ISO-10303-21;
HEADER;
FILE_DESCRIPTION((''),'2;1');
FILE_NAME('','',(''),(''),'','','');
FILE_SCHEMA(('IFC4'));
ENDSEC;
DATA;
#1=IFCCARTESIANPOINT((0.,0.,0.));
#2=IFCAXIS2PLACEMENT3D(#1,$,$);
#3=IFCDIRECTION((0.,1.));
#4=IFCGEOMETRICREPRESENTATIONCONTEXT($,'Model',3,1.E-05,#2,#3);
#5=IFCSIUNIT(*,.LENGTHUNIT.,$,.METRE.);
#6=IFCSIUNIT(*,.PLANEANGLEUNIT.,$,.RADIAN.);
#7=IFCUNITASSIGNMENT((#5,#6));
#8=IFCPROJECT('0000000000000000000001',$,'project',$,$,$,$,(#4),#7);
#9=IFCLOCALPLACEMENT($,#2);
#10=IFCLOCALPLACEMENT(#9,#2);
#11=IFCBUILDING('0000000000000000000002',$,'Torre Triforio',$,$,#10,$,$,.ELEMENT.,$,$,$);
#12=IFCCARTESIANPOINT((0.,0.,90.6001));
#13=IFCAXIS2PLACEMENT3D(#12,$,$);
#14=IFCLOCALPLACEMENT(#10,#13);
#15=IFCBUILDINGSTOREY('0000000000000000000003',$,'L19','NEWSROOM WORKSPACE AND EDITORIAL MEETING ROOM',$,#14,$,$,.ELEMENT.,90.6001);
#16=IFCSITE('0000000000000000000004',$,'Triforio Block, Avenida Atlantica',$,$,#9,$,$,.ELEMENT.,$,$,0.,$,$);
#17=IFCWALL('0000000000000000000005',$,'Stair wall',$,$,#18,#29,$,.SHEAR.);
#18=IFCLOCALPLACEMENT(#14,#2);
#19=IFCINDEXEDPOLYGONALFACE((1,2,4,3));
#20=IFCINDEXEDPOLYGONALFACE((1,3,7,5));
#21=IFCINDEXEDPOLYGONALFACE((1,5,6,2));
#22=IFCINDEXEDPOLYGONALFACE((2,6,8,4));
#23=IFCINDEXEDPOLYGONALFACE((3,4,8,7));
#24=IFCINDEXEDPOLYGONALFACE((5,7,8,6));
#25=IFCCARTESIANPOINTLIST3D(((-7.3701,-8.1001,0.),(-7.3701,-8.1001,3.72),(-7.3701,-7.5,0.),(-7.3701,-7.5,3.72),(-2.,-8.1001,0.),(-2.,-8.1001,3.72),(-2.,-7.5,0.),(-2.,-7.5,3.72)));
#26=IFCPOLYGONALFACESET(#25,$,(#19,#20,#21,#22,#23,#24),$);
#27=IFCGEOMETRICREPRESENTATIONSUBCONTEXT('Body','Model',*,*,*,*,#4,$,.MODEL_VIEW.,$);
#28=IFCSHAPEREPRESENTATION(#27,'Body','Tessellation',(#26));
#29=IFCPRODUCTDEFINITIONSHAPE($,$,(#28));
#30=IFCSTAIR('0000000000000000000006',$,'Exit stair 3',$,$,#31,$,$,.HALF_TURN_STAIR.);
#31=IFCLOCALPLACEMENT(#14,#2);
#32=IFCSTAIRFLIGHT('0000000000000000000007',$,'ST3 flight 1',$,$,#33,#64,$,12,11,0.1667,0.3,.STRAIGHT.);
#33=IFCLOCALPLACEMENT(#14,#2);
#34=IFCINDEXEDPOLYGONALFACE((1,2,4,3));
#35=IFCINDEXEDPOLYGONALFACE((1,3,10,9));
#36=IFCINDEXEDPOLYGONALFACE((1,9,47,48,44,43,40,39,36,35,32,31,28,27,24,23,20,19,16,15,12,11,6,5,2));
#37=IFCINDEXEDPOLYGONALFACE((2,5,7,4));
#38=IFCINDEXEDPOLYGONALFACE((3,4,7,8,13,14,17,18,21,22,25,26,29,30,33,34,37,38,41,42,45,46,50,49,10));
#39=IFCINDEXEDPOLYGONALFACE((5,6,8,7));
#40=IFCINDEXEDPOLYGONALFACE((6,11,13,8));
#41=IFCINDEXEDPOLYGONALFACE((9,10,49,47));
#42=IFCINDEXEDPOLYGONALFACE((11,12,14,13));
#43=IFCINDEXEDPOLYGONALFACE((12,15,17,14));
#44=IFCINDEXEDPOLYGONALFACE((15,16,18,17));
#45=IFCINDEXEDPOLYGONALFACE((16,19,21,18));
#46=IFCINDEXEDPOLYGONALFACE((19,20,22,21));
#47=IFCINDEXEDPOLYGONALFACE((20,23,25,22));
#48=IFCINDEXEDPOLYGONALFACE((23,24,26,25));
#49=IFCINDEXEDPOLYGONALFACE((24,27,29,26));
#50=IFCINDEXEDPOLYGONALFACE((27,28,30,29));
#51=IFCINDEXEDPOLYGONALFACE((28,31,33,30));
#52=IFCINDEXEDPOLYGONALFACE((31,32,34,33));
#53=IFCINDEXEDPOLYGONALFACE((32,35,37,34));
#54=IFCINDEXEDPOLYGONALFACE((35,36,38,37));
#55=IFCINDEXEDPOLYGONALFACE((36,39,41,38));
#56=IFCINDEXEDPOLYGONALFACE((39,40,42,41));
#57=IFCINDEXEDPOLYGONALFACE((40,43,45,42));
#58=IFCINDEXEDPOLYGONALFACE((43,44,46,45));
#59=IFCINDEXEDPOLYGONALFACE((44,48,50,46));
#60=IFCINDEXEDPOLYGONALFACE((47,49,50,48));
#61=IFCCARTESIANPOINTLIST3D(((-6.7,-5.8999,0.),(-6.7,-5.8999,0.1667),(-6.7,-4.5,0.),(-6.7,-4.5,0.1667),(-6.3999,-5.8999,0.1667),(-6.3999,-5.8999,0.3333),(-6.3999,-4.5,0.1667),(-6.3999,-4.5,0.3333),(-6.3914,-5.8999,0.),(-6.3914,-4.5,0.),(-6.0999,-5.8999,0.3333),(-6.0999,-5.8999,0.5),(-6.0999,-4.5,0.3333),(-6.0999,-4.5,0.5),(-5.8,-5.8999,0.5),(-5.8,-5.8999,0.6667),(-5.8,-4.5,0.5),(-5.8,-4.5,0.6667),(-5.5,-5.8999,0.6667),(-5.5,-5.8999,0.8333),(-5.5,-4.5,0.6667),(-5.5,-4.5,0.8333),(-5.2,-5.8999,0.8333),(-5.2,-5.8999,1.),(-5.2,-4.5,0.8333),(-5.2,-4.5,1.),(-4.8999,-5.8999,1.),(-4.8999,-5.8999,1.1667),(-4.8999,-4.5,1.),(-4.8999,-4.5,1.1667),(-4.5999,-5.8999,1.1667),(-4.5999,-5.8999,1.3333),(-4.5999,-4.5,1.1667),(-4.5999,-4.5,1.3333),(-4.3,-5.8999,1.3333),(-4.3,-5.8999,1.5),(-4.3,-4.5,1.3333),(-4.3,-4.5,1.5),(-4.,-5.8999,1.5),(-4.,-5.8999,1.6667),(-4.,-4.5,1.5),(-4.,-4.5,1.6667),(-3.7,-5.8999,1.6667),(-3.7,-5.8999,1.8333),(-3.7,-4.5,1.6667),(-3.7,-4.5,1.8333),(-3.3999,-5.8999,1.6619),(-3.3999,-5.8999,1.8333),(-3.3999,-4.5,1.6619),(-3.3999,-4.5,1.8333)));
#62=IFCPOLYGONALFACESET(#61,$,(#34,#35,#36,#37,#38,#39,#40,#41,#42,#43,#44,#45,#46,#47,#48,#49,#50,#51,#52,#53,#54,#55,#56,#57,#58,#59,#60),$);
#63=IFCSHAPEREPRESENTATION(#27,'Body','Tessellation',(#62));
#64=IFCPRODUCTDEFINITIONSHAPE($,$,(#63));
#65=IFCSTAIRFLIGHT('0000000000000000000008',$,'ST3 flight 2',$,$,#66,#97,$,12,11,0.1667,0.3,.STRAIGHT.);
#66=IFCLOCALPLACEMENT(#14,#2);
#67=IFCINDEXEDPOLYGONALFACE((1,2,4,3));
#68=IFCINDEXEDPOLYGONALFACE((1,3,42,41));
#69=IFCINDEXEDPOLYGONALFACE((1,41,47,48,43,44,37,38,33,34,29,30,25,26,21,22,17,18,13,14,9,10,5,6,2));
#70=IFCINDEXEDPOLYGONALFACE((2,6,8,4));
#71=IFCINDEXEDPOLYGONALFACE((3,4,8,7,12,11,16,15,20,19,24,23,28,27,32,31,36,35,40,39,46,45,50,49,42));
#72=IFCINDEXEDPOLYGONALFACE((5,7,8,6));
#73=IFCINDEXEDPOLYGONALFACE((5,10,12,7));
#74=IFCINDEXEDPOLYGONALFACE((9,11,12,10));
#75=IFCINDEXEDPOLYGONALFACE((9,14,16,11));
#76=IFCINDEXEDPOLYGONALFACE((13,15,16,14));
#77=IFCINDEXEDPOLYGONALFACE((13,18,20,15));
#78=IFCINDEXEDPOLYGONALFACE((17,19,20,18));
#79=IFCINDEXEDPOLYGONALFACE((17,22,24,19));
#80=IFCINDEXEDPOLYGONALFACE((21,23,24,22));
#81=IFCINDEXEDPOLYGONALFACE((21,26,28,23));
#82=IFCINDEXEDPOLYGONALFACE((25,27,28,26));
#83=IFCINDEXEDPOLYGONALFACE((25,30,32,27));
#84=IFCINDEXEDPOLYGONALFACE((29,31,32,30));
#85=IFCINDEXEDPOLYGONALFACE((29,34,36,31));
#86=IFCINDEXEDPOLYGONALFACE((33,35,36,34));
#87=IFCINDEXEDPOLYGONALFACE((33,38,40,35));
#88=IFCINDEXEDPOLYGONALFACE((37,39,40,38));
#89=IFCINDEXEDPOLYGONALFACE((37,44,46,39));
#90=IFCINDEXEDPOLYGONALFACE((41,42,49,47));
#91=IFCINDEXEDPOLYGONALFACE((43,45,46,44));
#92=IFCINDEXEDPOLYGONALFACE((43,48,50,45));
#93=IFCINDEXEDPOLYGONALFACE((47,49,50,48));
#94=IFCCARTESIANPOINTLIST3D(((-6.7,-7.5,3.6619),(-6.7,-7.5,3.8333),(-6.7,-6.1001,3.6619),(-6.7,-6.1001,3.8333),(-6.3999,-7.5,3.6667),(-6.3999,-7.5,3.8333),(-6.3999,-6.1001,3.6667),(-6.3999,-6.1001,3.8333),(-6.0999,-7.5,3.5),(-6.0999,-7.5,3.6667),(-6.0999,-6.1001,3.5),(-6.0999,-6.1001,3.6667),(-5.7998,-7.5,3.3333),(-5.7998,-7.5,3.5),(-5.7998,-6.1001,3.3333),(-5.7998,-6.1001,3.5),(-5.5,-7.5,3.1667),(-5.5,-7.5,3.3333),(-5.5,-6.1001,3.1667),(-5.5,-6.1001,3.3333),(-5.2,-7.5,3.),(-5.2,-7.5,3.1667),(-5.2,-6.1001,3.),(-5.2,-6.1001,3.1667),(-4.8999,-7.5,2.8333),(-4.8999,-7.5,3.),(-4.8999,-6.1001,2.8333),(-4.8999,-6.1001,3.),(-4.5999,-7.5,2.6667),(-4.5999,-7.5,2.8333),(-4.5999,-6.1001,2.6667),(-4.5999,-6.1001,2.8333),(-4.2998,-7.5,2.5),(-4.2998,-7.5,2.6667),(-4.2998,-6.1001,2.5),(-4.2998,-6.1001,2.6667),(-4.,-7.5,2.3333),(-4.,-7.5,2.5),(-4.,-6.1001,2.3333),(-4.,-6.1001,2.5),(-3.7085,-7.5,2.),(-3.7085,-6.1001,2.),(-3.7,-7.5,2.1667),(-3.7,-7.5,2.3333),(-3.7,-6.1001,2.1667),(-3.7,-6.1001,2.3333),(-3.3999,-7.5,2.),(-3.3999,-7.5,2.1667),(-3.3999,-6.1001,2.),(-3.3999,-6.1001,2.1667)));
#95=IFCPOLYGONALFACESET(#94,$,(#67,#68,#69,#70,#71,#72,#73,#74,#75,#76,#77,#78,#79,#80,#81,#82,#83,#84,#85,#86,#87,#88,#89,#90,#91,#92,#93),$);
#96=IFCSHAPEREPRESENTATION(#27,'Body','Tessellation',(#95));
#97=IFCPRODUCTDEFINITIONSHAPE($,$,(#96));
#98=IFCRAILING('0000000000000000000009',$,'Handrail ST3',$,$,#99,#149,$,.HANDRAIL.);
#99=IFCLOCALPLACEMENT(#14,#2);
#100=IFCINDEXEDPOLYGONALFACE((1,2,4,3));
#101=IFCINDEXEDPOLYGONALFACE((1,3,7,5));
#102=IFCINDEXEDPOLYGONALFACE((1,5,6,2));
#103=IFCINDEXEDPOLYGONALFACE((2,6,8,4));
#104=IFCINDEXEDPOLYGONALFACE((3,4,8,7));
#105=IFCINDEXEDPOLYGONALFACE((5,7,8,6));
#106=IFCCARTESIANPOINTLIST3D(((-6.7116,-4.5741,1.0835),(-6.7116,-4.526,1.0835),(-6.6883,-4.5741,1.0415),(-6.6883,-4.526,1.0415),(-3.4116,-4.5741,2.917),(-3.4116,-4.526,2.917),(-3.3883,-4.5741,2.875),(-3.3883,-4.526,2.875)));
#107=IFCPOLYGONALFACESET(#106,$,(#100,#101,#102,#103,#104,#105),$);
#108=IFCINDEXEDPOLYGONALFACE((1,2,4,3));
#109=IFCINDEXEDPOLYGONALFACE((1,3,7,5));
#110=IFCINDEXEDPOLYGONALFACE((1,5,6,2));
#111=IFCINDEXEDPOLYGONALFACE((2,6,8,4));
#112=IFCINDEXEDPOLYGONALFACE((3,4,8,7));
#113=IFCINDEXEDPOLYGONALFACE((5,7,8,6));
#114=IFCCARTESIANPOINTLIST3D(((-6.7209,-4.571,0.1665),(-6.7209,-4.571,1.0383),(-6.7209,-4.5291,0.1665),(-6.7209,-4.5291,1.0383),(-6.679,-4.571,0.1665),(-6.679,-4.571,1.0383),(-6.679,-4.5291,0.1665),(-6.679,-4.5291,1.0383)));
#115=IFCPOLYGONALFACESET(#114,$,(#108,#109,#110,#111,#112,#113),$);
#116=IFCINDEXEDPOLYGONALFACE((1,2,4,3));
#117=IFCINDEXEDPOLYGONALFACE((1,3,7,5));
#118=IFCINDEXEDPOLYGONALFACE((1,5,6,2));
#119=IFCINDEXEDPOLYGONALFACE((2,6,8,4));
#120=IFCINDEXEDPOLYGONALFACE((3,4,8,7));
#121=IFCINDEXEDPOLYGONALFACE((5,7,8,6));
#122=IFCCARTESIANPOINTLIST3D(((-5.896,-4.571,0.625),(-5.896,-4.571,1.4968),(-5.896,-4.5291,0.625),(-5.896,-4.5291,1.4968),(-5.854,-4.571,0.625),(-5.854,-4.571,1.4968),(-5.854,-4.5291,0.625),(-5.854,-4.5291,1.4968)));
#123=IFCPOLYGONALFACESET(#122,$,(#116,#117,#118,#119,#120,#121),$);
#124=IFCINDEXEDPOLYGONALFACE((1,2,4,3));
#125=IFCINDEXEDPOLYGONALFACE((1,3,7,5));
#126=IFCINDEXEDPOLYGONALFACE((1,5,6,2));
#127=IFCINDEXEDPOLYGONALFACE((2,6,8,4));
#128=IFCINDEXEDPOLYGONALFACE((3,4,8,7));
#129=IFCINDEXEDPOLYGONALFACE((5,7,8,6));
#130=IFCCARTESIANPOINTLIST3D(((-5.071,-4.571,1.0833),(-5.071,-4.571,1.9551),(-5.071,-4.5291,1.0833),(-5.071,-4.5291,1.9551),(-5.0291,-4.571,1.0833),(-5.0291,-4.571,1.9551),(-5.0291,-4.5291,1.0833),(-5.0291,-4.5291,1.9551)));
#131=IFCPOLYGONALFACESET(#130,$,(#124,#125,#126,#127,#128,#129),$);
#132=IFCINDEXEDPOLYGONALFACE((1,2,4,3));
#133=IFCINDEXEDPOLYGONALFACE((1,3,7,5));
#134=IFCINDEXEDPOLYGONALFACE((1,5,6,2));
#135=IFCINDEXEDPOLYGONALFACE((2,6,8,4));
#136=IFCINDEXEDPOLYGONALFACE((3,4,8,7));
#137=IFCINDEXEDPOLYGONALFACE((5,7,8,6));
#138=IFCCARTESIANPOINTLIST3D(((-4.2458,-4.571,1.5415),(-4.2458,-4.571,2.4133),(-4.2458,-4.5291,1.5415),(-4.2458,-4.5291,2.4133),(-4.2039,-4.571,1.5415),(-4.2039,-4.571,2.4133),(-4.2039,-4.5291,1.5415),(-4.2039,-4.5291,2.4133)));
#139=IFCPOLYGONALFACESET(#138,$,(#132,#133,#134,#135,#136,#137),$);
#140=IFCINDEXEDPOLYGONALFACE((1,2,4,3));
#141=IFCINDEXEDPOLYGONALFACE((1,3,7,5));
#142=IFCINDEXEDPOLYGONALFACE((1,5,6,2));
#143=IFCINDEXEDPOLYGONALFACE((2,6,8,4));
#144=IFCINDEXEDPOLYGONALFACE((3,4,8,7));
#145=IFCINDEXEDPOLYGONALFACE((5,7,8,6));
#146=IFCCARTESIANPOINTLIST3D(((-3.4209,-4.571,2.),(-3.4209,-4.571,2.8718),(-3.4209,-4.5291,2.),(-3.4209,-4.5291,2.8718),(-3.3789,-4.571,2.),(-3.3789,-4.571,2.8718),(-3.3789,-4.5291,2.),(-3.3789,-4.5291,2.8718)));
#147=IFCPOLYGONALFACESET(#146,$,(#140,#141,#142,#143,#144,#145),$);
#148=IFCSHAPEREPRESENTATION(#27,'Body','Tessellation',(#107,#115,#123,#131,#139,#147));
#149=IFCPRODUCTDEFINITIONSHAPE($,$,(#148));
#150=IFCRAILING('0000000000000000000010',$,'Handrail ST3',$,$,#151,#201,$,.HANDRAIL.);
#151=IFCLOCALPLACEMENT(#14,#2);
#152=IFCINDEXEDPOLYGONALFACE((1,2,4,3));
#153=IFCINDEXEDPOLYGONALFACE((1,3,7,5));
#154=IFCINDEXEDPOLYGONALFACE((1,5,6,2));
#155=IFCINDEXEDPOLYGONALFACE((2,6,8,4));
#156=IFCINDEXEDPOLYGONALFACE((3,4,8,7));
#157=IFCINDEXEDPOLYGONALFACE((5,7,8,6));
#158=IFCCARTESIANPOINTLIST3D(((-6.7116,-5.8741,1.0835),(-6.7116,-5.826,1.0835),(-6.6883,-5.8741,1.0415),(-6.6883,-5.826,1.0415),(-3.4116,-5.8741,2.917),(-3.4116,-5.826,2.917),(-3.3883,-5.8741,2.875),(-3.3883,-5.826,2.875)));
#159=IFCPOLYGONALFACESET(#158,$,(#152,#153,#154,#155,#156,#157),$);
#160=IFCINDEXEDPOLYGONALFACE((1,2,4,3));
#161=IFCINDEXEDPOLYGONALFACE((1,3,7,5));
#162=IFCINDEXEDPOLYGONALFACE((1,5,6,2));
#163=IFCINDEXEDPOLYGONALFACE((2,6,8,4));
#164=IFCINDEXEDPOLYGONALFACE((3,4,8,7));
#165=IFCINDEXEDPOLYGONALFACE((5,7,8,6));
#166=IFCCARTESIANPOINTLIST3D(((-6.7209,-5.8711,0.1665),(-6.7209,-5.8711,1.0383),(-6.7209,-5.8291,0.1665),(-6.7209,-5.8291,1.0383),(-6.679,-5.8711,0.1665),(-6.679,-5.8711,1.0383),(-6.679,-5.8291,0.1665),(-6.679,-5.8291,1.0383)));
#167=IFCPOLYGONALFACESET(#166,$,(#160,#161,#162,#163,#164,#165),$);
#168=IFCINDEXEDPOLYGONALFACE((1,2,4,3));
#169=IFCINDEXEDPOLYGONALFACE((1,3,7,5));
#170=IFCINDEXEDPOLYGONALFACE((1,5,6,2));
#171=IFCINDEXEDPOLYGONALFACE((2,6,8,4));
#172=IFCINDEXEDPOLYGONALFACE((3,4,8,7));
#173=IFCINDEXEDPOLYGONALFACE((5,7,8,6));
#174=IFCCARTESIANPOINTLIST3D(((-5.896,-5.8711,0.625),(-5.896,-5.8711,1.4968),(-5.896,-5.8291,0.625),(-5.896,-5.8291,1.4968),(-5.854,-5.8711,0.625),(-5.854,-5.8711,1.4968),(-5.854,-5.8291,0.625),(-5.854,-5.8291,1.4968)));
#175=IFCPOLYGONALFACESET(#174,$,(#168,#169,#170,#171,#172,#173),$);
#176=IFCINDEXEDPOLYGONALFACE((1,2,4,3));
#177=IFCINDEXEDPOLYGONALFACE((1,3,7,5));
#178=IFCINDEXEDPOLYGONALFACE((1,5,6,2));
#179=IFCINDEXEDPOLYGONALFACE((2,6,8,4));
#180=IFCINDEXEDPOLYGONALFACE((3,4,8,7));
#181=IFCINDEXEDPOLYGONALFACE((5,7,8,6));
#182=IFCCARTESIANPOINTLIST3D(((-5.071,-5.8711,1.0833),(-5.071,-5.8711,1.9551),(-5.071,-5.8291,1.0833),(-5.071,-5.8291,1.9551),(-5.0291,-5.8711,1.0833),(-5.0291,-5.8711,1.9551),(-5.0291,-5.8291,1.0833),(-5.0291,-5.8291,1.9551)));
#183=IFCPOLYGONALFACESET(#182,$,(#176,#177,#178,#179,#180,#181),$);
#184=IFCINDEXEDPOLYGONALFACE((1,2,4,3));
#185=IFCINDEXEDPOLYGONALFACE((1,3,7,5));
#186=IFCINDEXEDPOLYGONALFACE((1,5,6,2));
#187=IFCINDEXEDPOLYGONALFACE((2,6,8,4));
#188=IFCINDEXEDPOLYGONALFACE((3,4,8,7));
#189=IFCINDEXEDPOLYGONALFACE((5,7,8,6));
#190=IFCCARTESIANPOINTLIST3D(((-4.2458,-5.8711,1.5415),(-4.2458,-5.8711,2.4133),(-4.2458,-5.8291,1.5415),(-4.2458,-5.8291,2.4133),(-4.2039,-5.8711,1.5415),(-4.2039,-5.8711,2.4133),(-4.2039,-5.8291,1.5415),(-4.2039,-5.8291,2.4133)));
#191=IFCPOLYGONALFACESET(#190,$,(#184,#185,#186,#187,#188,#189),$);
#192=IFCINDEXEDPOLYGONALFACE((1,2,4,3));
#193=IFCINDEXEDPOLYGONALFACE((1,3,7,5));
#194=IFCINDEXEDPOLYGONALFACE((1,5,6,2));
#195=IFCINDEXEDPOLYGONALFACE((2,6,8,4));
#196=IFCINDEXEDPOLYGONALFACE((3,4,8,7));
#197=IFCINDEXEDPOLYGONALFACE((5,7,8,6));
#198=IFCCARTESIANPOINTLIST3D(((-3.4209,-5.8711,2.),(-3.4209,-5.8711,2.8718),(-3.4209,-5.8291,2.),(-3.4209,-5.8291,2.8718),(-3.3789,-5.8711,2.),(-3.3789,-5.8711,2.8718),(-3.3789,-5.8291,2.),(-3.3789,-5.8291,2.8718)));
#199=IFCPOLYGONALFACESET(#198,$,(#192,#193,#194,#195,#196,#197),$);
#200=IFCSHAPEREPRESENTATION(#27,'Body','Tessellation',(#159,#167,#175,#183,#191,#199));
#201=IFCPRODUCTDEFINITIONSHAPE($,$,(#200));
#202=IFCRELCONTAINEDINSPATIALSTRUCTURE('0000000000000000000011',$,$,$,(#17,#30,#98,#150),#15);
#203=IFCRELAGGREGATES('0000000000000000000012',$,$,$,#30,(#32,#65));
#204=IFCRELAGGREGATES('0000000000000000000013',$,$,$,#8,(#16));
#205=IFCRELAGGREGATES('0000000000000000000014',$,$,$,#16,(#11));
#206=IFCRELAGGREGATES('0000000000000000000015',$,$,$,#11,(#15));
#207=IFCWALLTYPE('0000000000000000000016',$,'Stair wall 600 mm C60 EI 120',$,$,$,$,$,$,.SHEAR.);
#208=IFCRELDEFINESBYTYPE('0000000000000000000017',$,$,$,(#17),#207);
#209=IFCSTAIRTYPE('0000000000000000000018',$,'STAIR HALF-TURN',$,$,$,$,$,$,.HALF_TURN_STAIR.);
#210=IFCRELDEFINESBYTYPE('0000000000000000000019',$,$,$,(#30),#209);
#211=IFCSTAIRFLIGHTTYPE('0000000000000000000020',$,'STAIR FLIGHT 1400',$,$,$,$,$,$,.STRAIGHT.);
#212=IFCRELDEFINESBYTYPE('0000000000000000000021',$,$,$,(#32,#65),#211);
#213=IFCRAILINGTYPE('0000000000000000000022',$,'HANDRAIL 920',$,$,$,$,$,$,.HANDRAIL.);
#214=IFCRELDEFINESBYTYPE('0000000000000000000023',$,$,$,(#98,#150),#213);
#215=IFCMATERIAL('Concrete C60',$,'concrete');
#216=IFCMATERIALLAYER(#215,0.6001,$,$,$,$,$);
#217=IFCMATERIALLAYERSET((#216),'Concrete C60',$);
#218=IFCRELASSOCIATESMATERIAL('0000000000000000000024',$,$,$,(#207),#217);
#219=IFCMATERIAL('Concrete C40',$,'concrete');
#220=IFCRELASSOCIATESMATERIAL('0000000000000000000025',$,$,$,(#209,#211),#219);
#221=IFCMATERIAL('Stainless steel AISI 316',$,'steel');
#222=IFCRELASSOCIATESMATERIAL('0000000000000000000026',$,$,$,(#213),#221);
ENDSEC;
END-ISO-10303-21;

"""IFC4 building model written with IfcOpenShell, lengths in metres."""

from ifc_helpers import new_model, si_unit, direction, frame, frame_2d, origin, origin_2d, place, context, subcontext, project, spatial, polyline, rectangle, outline, extrude, material, layer, layer_set, type_object, element, aggregate, save


model = new_model("IFC4")

# Units and contexts
model_context = context("Model", 3, precision=1e-05, world=origin(), true_north=direction((0.0, 1.0)))
body_context = subcontext(model_context, "Body", "Model", "MODEL_VIEW")
ifc_project = project(units=[si_unit("LENGTHUNIT", "METRE"), si_unit("PLANEANGLEUNIT", "RADIAN")], contexts=[model_context])

# Site, building, storey
site_placement = place(None, origin())
site = spatial("IfcSite", under=ifc_project, at=site_placement, Name="Triforio Block, Avenida Atlantica", CompositionType="ELEMENT", RefElevation=0.0)
building_placement = place(site_placement, origin())
building = spatial("IfcBuilding", under=site, at=building_placement, Name="Torre Triforio", CompositionType="ELEMENT")
storey_placement = place(building_placement, frame((0.0, 0.0, 90.6001)))
storey = spatial("IfcBuildingStorey", under=building, at=storey_placement, Name="L19", Description="NEWSROOM WORKSPACE AND EDITORIAL MEETING ROOM", CompositionType="ELEMENT", Elevation=90.6001)

# Shared definitions
ifc_material_1 = material(Name="Concrete C60", Category="concrete")

# Wall
ifc_layer_1 = layer(ifc_material_1, 0.6001)
ifc_layer_set_1 = layer_set([ifc_layer_1], Name="Concrete C60")
wall_type_1 = type_object("IfcWallType", Name="Stair wall 600 mm C60 EI 120", PredefinedType="SHEAR", material=ifc_layer_set_1)
wall_1_placement = place(storey_placement, frame((-7.3701, -7.8, 0.0), z_axis=(0.0, 0.0, 1.0), x_axis=(1.0, 0.0, 0.0)))
element("IfcWall", 1, at=wall_1_placement, inside=storey, type_object=wall_type_1, Name="Stair wall", PredefinedType="SHEAR", context=body_context, shape_type="SweptSolid", body=[
    extrude(rectangle(XDim=5.3701, YDim=0.6001, at=frame_2d((2.6851, 0.0))), origin(), (0.0, 0.0, 1.0), 3.72),
])

# Stair, stair flights
ifc_material_2 = material(Name="Concrete C40", Category="concrete")
stair_type = type_object("IfcStairType", Name="STAIR HALF-TURN", PredefinedType="HALF_TURN_STAIR", material=ifc_material_2)
stair_placement = place(storey_placement, origin())
stair = element("IfcStair", 2, at=stair_placement, inside=storey, type_object=stair_type, Name="Exit stair 3", PredefinedType="HALF_TURN_STAIR")
stair_flight_type = type_object("IfcStairFlightType", Name="STAIR FLIGHT 1400", PredefinedType="STRAIGHT", material=ifc_material_2)
stair_flight_1_placement = place(storey_placement, frame((-6.7, -5.2, 0.0), z_axis=(0.0, 0.0, 1.0), x_axis=(1.0, 0.0, 0.0)))
stair_flight_1 = element("IfcStairFlight", 3, at=stair_flight_1_placement, type_object=stair_flight_type, Name="ST3 flight 1", NumberOfRisers=12, NumberOfTreads=11, PredefinedType="STRAIGHT", RiserHeight=0.1667, TreadLength=0.3, context=body_context, shape_type="SweptSolid", body=[
    extrude(outline(polyline([(0.0, 0.0), (0.0, 0.1667), (0.3, 0.1667), (0.3, 0.3333), (0.6001, 0.3333), (0.6001, 0.5), (0.8999, 0.5), (0.8999, 0.6667), (1.2, 0.6667), (1.2, 0.8333), (1.5, 0.8333), (1.5, 1.0), (1.8, 1.0), (1.8, 1.1667), (2.1001, 1.1667), (2.1001, 1.3333), (2.3999, 1.3333), (2.3999, 1.5), (2.7, 1.5), (2.7, 1.6667), (3.0, 1.6667), (3.0, 1.8333), (3.3, 1.8333), (3.3, 2.0), (3.3, 1.6619), (0.3086, 0.0), (0.0, 0.0)])), frame((0.0, 0.7, 0.0), z_axis=(0.0, -1.0, 0.0), x_axis=(1.0, 0.0, 0.0)), (0.0, 0.0, 1.0), 1.3999),
])
stair_flight_2_placement = place(storey_placement, frame((-3.3999, -6.8, 2.0), z_axis=(0.0, 0.0, 1.0), x_axis=(-1.0, 0.0, 0.0)))
stair_flight_2 = element("IfcStairFlight", 4, at=stair_flight_2_placement, type_object=stair_flight_type, Name="ST3 flight 2", NumberOfRisers=12, NumberOfTreads=11, PredefinedType="STRAIGHT", RiserHeight=0.1667, TreadLength=0.3, context=body_context, shape_type="SweptSolid", body=[
    extrude(outline(polyline([(0.0, 0.0), (0.0, 0.1667), (0.3, 0.1667), (0.3, 0.3333), (0.6001, 0.3333), (0.6001, 0.5), (0.8999, 0.5), (0.8999, 0.6667), (1.2, 0.6667), (1.2, 0.8333), (1.5, 0.8333), (1.5, 1.0), (1.8, 1.0), (1.8, 1.1667), (2.1001, 1.1667), (2.1001, 1.3333), (2.3999, 1.3333), (2.3999, 1.5), (2.7, 1.5), (2.7, 1.6667), (3.0, 1.6667), (3.0, 1.8333), (3.3, 1.8333), (3.3, 2.0), (3.3, 1.6619), (0.3086, 0.0), (0.0, 0.0)])), frame((0.0, 0.7, 0.0), z_axis=(0.0, -1.0, 0.0), x_axis=(1.0, 0.0, 0.0)), (0.0, 0.0, 1.0), 1.3999),
])
aggregate(stair, [stair_flight_1, stair_flight_2])

# Railings
ifc_material_3 = material(Name="Stainless steel AISI 316", Category="steel")
railing_type = type_object("IfcRailingType", Name="HANDRAIL 920", PredefinedType="HANDRAIL", material=ifc_material_3)
for number, where, name in (
    (5, (-6.7, -4.55, 0.1665), "Handrail ST3"),
    (6, (-6.7, -5.8501, 0.1665), "Handrail ST3"),
):
    element("IfcRailing", number, at=place(storey_placement, frame(where)), inside=storey, type_object=railing_type, Name=name, PredefinedType="HANDRAIL", context=body_context, shape_type="SweptSolid", body=[
        extrude(rectangle(XDim=0.0481, YDim=0.0481, at=origin_2d()), frame((0.0, 0.0, 0.896), z_axis=(0.874142, 0.0, 0.48567), x_axis=(0.0, 1.0, 0.0)), (0.0, 0.0, 1.0), 3.7751),
        extrude(rectangle(XDim=0.042, YDim=0.042, at=origin_2d()), origin(), (0.0, 0.0, 1.0), 0.8718),
        extrude(rectangle(XDim=0.042, YDim=0.042, at=origin_2d()), frame((0.825, 0.0, 0.4585)), (0.0, 0.0, 1.0), 0.8718),
        extrude(rectangle(XDim=0.042, YDim=0.042, at=origin_2d()), frame((1.6499, 0.0, 0.9167)), (0.0, 0.0, 1.0), 0.8718),
        extrude(rectangle(XDim=0.042, YDim=0.042, at=origin_2d()), frame((2.4751, 0.0, 1.375)), (0.0, 0.0, 1.0), 0.8718),
        extrude(rectangle(XDim=0.042, YDim=0.042, at=origin_2d()), frame((3.3, 0.0, 1.8335)), (0.0, 0.0, 1.0), 0.8718),
    ])

save(model, "model.ifc")
